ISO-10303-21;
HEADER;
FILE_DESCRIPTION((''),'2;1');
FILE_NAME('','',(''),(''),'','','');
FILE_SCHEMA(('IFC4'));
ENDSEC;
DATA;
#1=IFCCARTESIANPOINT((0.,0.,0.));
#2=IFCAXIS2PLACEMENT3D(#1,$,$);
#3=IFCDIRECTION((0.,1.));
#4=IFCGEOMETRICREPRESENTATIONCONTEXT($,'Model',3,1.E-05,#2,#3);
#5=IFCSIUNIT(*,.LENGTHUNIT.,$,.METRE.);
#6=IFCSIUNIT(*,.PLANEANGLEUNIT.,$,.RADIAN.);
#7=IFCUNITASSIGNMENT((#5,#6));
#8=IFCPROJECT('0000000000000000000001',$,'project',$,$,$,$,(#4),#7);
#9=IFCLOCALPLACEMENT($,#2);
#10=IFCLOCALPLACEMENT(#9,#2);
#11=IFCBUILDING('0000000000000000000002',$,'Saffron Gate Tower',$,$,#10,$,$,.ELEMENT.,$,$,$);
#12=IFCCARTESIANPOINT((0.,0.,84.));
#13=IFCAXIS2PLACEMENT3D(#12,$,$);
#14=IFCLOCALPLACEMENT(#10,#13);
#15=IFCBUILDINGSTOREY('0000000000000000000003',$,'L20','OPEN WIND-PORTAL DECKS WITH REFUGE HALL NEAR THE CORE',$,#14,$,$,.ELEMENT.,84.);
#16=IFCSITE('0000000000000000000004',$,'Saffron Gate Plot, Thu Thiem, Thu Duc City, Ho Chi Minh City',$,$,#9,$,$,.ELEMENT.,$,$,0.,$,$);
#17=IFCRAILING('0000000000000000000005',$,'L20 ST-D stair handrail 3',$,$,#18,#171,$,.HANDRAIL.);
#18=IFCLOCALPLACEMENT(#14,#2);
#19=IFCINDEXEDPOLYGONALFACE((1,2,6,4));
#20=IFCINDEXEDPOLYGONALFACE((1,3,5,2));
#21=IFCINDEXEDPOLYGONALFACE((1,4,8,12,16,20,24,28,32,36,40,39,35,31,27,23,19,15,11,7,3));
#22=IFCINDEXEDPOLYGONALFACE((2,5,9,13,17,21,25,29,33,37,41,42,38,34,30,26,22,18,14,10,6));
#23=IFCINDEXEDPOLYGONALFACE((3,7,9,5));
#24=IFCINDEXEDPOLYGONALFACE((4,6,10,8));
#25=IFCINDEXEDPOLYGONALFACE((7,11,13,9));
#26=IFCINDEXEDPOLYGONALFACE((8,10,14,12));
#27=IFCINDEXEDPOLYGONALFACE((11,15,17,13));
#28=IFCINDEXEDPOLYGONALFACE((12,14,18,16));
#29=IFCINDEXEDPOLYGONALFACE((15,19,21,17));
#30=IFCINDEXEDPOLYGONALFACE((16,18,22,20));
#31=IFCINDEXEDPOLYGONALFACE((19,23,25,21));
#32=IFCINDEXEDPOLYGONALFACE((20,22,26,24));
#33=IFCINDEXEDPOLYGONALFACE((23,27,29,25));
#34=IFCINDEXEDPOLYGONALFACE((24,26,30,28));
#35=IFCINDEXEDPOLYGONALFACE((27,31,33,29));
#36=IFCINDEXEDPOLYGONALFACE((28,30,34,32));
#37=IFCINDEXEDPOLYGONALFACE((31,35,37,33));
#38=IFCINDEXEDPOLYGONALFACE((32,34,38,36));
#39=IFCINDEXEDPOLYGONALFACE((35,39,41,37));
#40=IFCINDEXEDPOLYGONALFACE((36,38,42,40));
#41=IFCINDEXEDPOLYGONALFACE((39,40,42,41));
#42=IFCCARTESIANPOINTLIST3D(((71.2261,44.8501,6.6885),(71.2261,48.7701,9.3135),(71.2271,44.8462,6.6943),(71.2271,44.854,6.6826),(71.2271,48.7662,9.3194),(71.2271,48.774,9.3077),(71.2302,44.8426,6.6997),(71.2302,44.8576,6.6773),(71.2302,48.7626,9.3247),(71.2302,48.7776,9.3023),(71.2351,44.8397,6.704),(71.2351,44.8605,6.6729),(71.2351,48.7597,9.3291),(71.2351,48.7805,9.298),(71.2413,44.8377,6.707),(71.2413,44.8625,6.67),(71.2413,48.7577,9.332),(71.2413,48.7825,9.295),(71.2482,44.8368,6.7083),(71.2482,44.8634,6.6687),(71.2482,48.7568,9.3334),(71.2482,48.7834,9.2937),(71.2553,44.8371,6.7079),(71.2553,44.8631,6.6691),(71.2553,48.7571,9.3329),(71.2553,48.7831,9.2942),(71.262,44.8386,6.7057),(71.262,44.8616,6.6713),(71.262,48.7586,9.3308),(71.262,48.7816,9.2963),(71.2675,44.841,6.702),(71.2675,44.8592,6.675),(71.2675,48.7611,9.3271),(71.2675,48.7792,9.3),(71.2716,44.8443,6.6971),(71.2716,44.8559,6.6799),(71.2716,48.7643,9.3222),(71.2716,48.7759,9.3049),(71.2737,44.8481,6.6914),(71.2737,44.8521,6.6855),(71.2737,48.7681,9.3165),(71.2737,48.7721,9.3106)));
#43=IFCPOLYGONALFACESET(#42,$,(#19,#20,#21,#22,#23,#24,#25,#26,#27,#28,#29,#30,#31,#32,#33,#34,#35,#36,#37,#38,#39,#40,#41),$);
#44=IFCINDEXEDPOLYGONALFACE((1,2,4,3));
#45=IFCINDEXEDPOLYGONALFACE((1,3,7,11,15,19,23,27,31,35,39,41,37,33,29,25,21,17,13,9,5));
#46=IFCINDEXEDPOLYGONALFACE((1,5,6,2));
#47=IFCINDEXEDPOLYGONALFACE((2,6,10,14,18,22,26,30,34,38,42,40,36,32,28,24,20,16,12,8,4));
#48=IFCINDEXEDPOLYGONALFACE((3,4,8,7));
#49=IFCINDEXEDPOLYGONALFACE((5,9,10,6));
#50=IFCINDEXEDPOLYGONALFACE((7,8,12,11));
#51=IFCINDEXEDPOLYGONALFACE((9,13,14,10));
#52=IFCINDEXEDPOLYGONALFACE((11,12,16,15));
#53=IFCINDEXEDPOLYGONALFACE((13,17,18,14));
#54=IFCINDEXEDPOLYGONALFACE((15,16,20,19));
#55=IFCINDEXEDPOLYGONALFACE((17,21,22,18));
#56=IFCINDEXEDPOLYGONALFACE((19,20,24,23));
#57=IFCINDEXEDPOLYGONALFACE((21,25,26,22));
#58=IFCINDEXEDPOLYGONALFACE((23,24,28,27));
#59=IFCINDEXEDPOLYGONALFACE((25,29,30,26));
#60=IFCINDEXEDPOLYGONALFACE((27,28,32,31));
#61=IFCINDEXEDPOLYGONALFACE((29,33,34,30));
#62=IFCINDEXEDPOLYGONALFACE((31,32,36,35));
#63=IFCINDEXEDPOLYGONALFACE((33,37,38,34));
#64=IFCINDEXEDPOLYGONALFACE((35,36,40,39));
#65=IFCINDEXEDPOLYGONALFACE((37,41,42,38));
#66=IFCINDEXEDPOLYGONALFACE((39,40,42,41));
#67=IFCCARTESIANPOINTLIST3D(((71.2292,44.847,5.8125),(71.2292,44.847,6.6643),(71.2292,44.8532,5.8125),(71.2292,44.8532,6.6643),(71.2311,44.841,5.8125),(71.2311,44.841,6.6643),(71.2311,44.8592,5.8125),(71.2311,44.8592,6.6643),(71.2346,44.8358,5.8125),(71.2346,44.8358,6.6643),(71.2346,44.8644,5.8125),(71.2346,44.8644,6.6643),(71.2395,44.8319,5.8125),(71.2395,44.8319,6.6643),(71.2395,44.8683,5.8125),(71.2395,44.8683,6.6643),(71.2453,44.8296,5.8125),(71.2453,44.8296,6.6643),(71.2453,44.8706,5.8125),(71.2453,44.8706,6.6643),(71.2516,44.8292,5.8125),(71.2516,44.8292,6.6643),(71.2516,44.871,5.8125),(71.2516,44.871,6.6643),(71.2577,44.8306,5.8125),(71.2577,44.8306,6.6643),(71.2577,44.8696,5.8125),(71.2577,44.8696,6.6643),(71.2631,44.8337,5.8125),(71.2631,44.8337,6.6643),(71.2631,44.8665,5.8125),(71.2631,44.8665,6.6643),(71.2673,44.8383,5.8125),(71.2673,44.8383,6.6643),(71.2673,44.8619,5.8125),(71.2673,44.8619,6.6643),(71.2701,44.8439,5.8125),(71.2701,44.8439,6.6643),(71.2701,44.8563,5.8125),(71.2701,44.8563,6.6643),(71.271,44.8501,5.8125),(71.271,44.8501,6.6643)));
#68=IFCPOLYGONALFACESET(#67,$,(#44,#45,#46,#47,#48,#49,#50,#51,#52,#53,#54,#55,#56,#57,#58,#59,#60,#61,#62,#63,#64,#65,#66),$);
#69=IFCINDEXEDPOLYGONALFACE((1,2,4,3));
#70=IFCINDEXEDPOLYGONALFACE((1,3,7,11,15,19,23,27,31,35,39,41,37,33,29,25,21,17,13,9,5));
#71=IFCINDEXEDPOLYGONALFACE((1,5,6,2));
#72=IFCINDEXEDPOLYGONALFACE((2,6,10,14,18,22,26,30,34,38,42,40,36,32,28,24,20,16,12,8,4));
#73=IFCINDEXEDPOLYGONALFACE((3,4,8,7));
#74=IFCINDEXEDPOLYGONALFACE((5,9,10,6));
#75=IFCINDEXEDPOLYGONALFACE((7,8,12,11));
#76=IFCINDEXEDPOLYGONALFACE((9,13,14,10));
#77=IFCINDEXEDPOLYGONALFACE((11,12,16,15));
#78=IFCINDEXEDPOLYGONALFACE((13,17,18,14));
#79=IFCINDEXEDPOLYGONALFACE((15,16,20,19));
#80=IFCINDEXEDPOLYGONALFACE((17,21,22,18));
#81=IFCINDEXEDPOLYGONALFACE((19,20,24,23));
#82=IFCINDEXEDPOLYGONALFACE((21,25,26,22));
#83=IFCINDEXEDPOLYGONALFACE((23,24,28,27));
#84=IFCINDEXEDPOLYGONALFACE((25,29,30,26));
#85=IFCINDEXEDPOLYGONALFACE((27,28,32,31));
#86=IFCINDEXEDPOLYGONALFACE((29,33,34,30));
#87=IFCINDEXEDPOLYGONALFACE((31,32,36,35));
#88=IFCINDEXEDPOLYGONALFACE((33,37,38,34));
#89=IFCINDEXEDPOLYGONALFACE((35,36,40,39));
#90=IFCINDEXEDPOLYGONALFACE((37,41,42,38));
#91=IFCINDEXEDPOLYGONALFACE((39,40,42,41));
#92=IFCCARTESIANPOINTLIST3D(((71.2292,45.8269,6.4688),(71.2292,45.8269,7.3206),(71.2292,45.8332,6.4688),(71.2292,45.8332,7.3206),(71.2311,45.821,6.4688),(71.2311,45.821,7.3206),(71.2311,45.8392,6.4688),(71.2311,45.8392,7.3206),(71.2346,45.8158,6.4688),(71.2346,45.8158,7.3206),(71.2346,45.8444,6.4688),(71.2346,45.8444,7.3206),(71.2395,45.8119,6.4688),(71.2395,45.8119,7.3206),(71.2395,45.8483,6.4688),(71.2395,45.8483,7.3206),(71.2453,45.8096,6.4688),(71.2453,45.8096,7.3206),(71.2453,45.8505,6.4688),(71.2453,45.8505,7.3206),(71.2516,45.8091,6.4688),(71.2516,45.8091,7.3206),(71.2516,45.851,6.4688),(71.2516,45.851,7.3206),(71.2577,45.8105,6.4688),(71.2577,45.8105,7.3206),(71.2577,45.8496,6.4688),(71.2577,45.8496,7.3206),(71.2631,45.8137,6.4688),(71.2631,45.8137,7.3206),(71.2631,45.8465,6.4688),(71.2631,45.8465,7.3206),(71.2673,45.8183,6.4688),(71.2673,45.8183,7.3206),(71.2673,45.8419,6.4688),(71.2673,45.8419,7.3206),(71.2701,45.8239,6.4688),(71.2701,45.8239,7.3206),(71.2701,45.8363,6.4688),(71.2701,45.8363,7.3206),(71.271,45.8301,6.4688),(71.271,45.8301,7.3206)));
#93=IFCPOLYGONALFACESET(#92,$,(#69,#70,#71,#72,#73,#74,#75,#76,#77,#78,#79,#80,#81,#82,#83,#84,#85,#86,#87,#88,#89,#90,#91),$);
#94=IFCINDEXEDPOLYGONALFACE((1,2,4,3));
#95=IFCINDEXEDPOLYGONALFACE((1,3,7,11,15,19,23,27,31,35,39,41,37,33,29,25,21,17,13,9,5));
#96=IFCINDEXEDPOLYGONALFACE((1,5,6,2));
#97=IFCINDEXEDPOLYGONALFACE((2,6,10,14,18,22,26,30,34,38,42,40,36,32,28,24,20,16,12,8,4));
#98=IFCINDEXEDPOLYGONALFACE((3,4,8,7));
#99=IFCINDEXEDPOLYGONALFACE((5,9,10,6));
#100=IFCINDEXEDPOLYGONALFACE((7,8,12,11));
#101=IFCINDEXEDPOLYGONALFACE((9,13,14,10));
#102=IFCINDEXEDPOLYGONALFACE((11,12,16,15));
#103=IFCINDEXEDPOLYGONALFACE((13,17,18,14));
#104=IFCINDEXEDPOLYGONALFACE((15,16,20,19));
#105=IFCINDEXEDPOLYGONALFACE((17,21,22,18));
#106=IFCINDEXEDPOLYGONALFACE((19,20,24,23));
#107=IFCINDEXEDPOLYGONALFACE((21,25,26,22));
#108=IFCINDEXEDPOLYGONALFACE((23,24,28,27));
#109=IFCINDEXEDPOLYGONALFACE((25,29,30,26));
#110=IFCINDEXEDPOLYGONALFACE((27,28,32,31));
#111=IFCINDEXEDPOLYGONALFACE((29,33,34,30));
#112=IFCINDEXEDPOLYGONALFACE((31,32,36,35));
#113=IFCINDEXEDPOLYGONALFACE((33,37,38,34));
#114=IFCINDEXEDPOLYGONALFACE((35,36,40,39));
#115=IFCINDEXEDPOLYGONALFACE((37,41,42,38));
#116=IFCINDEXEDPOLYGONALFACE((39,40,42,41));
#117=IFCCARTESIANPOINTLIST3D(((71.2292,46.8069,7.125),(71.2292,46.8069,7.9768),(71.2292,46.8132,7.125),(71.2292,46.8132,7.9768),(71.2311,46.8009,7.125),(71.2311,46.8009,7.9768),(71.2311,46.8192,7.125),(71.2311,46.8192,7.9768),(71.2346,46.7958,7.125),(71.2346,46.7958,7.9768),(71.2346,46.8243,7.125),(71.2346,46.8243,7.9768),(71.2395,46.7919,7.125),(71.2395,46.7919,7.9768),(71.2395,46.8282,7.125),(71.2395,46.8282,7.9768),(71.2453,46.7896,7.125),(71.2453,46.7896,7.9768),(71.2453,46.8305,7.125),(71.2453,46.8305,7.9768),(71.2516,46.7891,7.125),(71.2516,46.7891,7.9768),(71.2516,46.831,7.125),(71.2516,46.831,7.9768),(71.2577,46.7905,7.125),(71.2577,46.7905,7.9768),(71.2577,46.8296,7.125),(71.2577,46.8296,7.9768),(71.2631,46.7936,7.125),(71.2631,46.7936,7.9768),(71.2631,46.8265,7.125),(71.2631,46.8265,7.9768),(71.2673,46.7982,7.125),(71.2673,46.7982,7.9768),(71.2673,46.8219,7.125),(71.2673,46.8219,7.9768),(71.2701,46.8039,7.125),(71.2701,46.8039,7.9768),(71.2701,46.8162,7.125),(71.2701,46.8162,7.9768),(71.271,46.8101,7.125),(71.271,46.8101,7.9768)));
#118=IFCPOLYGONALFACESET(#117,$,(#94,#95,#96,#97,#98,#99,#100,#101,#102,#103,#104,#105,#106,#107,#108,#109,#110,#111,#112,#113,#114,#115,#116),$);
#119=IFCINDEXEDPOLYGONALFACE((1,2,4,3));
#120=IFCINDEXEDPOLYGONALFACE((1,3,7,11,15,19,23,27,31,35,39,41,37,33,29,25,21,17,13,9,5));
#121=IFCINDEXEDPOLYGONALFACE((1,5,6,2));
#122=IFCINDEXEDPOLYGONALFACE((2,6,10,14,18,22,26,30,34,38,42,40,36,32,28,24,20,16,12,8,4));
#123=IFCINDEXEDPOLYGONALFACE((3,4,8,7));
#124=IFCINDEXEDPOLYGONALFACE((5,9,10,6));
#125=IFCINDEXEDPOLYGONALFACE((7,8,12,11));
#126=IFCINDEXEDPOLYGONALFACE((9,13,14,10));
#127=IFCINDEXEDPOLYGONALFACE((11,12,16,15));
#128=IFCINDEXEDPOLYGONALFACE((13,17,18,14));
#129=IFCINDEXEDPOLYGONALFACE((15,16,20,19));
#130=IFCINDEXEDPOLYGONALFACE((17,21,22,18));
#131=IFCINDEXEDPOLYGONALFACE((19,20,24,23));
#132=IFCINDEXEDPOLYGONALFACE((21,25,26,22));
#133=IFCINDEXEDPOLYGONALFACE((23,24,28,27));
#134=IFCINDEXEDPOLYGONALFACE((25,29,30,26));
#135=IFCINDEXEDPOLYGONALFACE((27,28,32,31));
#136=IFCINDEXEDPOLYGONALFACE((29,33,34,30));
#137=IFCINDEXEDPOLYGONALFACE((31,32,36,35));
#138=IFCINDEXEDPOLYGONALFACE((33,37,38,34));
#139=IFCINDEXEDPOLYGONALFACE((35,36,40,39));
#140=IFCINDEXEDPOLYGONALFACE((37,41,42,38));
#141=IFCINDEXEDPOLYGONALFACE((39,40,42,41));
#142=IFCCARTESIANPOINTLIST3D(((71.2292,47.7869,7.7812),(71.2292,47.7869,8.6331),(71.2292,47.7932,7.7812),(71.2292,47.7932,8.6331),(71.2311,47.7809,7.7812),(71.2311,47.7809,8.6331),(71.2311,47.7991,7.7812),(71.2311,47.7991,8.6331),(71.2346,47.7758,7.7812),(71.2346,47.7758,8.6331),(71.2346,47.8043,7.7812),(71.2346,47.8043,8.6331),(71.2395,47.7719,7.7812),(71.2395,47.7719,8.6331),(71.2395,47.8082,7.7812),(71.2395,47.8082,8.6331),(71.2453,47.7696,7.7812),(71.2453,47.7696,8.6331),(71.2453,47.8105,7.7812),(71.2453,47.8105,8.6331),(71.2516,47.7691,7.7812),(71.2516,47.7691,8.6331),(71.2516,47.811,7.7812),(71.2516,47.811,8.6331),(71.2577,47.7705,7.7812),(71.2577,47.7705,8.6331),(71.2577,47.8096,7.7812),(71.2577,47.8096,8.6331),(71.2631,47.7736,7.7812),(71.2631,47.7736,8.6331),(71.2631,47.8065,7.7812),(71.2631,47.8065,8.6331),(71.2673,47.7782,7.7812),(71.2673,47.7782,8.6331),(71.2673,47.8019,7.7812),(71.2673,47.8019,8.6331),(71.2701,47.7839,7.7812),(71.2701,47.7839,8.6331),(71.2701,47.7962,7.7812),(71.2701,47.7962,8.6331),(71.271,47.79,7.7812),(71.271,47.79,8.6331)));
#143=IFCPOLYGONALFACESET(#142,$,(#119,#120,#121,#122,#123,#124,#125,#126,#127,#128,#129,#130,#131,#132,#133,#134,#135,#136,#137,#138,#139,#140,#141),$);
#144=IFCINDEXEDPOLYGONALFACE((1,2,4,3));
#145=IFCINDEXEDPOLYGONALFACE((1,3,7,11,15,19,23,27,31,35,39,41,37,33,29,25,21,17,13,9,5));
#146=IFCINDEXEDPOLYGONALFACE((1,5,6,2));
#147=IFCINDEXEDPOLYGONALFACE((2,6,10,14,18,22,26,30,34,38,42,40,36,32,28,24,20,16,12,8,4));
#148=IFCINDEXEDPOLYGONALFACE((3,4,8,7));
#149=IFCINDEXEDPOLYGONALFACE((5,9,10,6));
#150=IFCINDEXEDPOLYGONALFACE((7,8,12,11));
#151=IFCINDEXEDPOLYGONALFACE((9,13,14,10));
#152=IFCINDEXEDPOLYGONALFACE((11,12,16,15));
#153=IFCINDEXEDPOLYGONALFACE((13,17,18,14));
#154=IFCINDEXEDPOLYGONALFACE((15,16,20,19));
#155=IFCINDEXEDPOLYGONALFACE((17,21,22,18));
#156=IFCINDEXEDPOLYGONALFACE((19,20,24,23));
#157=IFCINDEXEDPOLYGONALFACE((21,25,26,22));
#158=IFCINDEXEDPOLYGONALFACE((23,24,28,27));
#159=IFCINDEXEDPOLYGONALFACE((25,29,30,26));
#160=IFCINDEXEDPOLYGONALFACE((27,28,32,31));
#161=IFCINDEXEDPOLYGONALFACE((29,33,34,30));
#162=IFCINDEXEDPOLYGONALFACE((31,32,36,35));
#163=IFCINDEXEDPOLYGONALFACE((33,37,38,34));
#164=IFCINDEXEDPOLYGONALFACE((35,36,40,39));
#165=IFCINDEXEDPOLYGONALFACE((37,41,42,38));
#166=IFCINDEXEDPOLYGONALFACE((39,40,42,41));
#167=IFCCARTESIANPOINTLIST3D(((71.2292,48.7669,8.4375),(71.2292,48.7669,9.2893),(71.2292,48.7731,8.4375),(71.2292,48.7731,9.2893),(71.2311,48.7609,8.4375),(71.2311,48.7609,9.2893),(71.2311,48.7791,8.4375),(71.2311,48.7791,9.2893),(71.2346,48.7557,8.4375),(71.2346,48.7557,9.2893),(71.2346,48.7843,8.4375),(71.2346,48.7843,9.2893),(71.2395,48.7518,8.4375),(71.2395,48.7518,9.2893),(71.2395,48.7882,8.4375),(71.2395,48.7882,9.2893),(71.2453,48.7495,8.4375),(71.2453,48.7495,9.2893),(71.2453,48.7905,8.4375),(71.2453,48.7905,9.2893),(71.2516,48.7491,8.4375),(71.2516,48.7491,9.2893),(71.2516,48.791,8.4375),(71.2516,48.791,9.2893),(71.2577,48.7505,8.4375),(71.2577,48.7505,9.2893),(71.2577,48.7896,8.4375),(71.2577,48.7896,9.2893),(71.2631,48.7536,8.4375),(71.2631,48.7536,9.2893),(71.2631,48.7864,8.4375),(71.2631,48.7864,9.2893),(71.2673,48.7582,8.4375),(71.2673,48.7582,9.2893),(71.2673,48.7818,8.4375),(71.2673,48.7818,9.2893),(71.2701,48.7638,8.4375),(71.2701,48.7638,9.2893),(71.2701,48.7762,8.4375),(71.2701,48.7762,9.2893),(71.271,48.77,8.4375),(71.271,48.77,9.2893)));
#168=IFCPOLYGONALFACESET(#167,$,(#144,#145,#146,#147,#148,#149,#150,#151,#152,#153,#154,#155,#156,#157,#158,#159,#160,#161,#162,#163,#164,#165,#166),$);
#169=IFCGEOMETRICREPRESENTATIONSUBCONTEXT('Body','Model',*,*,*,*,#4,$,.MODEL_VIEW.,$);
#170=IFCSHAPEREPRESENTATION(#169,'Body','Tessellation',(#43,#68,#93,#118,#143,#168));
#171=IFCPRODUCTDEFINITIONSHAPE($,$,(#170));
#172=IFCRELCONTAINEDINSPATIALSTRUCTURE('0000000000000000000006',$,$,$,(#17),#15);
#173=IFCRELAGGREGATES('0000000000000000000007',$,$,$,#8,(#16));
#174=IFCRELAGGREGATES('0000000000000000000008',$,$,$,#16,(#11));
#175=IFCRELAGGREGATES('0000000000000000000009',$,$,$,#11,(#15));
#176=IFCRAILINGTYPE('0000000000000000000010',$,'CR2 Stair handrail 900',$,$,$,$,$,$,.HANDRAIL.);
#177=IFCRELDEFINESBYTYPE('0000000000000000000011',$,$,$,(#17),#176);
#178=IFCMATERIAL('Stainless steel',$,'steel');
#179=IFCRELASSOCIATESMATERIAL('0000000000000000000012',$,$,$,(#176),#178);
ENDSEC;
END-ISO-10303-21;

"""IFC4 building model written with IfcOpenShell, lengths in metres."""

from ifc_helpers import new_model, si_unit, direction, frame, origin, origin_2d, place, context, subcontext, project, spatial, circle, extrude, material, type_object, element, save


model = new_model("IFC4")

# Units and contexts
model_context = context("Model", 3, precision=1e-05, world=origin(), true_north=direction((0.0, 1.0)))
body_context = subcontext(model_context, "Body", "Model", "MODEL_VIEW")
ifc_project = project(units=[si_unit("LENGTHUNIT", "METRE"), si_unit("PLANEANGLEUNIT", "RADIAN")], contexts=[model_context])

# Site, building, storey
site_placement = place(None, origin())
site = spatial("IfcSite", under=ifc_project, at=site_placement, Name="Saffron Gate Plot, Thu Thiem, Thu Duc City, Ho Chi Minh City", CompositionType="ELEMENT", RefElevation=0.0)
building_placement = place(site_placement, origin())
building = spatial("IfcBuilding", under=site, at=building_placement, Name="Saffron Gate Tower", CompositionType="ELEMENT")
storey_placement = place(building_placement, frame((0.0, 0.0, 84.0)))
storey = spatial("IfcBuildingStorey", under=building, at=storey_placement, Name="L20", Description="OPEN WIND-PORTAL DECKS WITH REFUGE HALL NEAR THE CORE", CompositionType="ELEMENT", Elevation=84.0)

# Railing
ifc_material_1 = material(Name="Stainless steel", Category="steel")
railing_type_1 = type_object("IfcRailingType", Name="CR2 Stair handrail 900", PredefinedType="HANDRAIL", material=ifc_material_1)
railing_1_placement = place(storey_placement, frame((71.25, 44.8501, 5.8125)))
element("IfcRailing", 1, at=railing_1_placement, inside=storey, type_object=railing_type_1, Name="L20 ST-D stair handrail 3", PredefinedType="HANDRAIL", context=body_context, shape_type="SweptSolid", body=[
    extrude(circle(Radius=0.0239, at=origin_2d()), frame((0.0, 0.0, 0.876), z_axis=(0.0, 0.830902, 0.556419), x_axis=(-1.0, 0.0, 0.0)), (0.0, 0.0, 1.0), 4.7178),
    extrude(circle(Radius=0.021, at=origin_2d()), origin(), (0.0, 0.0, 1.0), 0.8518),
    extrude(circle(Radius=0.021, at=origin_2d()), frame((0.0, 0.98, 0.6562)), (0.0, 0.0, 1.0), 0.8518),
    extrude(circle(Radius=0.021, at=origin_2d()), frame((0.0, 1.96, 1.3125)), (0.0, 0.0, 1.0), 0.8518),
    extrude(circle(Radius=0.021, at=origin_2d()), frame((0.0, 2.9399, 1.9688)), (0.0, 0.0, 1.0), 0.8518),
    extrude(circle(Radius=0.021, at=origin_2d()), frame((0.0, 3.9199, 2.625)), (0.0, 0.0, 1.0), 0.8518),
])

save(model, "model.ifc")
